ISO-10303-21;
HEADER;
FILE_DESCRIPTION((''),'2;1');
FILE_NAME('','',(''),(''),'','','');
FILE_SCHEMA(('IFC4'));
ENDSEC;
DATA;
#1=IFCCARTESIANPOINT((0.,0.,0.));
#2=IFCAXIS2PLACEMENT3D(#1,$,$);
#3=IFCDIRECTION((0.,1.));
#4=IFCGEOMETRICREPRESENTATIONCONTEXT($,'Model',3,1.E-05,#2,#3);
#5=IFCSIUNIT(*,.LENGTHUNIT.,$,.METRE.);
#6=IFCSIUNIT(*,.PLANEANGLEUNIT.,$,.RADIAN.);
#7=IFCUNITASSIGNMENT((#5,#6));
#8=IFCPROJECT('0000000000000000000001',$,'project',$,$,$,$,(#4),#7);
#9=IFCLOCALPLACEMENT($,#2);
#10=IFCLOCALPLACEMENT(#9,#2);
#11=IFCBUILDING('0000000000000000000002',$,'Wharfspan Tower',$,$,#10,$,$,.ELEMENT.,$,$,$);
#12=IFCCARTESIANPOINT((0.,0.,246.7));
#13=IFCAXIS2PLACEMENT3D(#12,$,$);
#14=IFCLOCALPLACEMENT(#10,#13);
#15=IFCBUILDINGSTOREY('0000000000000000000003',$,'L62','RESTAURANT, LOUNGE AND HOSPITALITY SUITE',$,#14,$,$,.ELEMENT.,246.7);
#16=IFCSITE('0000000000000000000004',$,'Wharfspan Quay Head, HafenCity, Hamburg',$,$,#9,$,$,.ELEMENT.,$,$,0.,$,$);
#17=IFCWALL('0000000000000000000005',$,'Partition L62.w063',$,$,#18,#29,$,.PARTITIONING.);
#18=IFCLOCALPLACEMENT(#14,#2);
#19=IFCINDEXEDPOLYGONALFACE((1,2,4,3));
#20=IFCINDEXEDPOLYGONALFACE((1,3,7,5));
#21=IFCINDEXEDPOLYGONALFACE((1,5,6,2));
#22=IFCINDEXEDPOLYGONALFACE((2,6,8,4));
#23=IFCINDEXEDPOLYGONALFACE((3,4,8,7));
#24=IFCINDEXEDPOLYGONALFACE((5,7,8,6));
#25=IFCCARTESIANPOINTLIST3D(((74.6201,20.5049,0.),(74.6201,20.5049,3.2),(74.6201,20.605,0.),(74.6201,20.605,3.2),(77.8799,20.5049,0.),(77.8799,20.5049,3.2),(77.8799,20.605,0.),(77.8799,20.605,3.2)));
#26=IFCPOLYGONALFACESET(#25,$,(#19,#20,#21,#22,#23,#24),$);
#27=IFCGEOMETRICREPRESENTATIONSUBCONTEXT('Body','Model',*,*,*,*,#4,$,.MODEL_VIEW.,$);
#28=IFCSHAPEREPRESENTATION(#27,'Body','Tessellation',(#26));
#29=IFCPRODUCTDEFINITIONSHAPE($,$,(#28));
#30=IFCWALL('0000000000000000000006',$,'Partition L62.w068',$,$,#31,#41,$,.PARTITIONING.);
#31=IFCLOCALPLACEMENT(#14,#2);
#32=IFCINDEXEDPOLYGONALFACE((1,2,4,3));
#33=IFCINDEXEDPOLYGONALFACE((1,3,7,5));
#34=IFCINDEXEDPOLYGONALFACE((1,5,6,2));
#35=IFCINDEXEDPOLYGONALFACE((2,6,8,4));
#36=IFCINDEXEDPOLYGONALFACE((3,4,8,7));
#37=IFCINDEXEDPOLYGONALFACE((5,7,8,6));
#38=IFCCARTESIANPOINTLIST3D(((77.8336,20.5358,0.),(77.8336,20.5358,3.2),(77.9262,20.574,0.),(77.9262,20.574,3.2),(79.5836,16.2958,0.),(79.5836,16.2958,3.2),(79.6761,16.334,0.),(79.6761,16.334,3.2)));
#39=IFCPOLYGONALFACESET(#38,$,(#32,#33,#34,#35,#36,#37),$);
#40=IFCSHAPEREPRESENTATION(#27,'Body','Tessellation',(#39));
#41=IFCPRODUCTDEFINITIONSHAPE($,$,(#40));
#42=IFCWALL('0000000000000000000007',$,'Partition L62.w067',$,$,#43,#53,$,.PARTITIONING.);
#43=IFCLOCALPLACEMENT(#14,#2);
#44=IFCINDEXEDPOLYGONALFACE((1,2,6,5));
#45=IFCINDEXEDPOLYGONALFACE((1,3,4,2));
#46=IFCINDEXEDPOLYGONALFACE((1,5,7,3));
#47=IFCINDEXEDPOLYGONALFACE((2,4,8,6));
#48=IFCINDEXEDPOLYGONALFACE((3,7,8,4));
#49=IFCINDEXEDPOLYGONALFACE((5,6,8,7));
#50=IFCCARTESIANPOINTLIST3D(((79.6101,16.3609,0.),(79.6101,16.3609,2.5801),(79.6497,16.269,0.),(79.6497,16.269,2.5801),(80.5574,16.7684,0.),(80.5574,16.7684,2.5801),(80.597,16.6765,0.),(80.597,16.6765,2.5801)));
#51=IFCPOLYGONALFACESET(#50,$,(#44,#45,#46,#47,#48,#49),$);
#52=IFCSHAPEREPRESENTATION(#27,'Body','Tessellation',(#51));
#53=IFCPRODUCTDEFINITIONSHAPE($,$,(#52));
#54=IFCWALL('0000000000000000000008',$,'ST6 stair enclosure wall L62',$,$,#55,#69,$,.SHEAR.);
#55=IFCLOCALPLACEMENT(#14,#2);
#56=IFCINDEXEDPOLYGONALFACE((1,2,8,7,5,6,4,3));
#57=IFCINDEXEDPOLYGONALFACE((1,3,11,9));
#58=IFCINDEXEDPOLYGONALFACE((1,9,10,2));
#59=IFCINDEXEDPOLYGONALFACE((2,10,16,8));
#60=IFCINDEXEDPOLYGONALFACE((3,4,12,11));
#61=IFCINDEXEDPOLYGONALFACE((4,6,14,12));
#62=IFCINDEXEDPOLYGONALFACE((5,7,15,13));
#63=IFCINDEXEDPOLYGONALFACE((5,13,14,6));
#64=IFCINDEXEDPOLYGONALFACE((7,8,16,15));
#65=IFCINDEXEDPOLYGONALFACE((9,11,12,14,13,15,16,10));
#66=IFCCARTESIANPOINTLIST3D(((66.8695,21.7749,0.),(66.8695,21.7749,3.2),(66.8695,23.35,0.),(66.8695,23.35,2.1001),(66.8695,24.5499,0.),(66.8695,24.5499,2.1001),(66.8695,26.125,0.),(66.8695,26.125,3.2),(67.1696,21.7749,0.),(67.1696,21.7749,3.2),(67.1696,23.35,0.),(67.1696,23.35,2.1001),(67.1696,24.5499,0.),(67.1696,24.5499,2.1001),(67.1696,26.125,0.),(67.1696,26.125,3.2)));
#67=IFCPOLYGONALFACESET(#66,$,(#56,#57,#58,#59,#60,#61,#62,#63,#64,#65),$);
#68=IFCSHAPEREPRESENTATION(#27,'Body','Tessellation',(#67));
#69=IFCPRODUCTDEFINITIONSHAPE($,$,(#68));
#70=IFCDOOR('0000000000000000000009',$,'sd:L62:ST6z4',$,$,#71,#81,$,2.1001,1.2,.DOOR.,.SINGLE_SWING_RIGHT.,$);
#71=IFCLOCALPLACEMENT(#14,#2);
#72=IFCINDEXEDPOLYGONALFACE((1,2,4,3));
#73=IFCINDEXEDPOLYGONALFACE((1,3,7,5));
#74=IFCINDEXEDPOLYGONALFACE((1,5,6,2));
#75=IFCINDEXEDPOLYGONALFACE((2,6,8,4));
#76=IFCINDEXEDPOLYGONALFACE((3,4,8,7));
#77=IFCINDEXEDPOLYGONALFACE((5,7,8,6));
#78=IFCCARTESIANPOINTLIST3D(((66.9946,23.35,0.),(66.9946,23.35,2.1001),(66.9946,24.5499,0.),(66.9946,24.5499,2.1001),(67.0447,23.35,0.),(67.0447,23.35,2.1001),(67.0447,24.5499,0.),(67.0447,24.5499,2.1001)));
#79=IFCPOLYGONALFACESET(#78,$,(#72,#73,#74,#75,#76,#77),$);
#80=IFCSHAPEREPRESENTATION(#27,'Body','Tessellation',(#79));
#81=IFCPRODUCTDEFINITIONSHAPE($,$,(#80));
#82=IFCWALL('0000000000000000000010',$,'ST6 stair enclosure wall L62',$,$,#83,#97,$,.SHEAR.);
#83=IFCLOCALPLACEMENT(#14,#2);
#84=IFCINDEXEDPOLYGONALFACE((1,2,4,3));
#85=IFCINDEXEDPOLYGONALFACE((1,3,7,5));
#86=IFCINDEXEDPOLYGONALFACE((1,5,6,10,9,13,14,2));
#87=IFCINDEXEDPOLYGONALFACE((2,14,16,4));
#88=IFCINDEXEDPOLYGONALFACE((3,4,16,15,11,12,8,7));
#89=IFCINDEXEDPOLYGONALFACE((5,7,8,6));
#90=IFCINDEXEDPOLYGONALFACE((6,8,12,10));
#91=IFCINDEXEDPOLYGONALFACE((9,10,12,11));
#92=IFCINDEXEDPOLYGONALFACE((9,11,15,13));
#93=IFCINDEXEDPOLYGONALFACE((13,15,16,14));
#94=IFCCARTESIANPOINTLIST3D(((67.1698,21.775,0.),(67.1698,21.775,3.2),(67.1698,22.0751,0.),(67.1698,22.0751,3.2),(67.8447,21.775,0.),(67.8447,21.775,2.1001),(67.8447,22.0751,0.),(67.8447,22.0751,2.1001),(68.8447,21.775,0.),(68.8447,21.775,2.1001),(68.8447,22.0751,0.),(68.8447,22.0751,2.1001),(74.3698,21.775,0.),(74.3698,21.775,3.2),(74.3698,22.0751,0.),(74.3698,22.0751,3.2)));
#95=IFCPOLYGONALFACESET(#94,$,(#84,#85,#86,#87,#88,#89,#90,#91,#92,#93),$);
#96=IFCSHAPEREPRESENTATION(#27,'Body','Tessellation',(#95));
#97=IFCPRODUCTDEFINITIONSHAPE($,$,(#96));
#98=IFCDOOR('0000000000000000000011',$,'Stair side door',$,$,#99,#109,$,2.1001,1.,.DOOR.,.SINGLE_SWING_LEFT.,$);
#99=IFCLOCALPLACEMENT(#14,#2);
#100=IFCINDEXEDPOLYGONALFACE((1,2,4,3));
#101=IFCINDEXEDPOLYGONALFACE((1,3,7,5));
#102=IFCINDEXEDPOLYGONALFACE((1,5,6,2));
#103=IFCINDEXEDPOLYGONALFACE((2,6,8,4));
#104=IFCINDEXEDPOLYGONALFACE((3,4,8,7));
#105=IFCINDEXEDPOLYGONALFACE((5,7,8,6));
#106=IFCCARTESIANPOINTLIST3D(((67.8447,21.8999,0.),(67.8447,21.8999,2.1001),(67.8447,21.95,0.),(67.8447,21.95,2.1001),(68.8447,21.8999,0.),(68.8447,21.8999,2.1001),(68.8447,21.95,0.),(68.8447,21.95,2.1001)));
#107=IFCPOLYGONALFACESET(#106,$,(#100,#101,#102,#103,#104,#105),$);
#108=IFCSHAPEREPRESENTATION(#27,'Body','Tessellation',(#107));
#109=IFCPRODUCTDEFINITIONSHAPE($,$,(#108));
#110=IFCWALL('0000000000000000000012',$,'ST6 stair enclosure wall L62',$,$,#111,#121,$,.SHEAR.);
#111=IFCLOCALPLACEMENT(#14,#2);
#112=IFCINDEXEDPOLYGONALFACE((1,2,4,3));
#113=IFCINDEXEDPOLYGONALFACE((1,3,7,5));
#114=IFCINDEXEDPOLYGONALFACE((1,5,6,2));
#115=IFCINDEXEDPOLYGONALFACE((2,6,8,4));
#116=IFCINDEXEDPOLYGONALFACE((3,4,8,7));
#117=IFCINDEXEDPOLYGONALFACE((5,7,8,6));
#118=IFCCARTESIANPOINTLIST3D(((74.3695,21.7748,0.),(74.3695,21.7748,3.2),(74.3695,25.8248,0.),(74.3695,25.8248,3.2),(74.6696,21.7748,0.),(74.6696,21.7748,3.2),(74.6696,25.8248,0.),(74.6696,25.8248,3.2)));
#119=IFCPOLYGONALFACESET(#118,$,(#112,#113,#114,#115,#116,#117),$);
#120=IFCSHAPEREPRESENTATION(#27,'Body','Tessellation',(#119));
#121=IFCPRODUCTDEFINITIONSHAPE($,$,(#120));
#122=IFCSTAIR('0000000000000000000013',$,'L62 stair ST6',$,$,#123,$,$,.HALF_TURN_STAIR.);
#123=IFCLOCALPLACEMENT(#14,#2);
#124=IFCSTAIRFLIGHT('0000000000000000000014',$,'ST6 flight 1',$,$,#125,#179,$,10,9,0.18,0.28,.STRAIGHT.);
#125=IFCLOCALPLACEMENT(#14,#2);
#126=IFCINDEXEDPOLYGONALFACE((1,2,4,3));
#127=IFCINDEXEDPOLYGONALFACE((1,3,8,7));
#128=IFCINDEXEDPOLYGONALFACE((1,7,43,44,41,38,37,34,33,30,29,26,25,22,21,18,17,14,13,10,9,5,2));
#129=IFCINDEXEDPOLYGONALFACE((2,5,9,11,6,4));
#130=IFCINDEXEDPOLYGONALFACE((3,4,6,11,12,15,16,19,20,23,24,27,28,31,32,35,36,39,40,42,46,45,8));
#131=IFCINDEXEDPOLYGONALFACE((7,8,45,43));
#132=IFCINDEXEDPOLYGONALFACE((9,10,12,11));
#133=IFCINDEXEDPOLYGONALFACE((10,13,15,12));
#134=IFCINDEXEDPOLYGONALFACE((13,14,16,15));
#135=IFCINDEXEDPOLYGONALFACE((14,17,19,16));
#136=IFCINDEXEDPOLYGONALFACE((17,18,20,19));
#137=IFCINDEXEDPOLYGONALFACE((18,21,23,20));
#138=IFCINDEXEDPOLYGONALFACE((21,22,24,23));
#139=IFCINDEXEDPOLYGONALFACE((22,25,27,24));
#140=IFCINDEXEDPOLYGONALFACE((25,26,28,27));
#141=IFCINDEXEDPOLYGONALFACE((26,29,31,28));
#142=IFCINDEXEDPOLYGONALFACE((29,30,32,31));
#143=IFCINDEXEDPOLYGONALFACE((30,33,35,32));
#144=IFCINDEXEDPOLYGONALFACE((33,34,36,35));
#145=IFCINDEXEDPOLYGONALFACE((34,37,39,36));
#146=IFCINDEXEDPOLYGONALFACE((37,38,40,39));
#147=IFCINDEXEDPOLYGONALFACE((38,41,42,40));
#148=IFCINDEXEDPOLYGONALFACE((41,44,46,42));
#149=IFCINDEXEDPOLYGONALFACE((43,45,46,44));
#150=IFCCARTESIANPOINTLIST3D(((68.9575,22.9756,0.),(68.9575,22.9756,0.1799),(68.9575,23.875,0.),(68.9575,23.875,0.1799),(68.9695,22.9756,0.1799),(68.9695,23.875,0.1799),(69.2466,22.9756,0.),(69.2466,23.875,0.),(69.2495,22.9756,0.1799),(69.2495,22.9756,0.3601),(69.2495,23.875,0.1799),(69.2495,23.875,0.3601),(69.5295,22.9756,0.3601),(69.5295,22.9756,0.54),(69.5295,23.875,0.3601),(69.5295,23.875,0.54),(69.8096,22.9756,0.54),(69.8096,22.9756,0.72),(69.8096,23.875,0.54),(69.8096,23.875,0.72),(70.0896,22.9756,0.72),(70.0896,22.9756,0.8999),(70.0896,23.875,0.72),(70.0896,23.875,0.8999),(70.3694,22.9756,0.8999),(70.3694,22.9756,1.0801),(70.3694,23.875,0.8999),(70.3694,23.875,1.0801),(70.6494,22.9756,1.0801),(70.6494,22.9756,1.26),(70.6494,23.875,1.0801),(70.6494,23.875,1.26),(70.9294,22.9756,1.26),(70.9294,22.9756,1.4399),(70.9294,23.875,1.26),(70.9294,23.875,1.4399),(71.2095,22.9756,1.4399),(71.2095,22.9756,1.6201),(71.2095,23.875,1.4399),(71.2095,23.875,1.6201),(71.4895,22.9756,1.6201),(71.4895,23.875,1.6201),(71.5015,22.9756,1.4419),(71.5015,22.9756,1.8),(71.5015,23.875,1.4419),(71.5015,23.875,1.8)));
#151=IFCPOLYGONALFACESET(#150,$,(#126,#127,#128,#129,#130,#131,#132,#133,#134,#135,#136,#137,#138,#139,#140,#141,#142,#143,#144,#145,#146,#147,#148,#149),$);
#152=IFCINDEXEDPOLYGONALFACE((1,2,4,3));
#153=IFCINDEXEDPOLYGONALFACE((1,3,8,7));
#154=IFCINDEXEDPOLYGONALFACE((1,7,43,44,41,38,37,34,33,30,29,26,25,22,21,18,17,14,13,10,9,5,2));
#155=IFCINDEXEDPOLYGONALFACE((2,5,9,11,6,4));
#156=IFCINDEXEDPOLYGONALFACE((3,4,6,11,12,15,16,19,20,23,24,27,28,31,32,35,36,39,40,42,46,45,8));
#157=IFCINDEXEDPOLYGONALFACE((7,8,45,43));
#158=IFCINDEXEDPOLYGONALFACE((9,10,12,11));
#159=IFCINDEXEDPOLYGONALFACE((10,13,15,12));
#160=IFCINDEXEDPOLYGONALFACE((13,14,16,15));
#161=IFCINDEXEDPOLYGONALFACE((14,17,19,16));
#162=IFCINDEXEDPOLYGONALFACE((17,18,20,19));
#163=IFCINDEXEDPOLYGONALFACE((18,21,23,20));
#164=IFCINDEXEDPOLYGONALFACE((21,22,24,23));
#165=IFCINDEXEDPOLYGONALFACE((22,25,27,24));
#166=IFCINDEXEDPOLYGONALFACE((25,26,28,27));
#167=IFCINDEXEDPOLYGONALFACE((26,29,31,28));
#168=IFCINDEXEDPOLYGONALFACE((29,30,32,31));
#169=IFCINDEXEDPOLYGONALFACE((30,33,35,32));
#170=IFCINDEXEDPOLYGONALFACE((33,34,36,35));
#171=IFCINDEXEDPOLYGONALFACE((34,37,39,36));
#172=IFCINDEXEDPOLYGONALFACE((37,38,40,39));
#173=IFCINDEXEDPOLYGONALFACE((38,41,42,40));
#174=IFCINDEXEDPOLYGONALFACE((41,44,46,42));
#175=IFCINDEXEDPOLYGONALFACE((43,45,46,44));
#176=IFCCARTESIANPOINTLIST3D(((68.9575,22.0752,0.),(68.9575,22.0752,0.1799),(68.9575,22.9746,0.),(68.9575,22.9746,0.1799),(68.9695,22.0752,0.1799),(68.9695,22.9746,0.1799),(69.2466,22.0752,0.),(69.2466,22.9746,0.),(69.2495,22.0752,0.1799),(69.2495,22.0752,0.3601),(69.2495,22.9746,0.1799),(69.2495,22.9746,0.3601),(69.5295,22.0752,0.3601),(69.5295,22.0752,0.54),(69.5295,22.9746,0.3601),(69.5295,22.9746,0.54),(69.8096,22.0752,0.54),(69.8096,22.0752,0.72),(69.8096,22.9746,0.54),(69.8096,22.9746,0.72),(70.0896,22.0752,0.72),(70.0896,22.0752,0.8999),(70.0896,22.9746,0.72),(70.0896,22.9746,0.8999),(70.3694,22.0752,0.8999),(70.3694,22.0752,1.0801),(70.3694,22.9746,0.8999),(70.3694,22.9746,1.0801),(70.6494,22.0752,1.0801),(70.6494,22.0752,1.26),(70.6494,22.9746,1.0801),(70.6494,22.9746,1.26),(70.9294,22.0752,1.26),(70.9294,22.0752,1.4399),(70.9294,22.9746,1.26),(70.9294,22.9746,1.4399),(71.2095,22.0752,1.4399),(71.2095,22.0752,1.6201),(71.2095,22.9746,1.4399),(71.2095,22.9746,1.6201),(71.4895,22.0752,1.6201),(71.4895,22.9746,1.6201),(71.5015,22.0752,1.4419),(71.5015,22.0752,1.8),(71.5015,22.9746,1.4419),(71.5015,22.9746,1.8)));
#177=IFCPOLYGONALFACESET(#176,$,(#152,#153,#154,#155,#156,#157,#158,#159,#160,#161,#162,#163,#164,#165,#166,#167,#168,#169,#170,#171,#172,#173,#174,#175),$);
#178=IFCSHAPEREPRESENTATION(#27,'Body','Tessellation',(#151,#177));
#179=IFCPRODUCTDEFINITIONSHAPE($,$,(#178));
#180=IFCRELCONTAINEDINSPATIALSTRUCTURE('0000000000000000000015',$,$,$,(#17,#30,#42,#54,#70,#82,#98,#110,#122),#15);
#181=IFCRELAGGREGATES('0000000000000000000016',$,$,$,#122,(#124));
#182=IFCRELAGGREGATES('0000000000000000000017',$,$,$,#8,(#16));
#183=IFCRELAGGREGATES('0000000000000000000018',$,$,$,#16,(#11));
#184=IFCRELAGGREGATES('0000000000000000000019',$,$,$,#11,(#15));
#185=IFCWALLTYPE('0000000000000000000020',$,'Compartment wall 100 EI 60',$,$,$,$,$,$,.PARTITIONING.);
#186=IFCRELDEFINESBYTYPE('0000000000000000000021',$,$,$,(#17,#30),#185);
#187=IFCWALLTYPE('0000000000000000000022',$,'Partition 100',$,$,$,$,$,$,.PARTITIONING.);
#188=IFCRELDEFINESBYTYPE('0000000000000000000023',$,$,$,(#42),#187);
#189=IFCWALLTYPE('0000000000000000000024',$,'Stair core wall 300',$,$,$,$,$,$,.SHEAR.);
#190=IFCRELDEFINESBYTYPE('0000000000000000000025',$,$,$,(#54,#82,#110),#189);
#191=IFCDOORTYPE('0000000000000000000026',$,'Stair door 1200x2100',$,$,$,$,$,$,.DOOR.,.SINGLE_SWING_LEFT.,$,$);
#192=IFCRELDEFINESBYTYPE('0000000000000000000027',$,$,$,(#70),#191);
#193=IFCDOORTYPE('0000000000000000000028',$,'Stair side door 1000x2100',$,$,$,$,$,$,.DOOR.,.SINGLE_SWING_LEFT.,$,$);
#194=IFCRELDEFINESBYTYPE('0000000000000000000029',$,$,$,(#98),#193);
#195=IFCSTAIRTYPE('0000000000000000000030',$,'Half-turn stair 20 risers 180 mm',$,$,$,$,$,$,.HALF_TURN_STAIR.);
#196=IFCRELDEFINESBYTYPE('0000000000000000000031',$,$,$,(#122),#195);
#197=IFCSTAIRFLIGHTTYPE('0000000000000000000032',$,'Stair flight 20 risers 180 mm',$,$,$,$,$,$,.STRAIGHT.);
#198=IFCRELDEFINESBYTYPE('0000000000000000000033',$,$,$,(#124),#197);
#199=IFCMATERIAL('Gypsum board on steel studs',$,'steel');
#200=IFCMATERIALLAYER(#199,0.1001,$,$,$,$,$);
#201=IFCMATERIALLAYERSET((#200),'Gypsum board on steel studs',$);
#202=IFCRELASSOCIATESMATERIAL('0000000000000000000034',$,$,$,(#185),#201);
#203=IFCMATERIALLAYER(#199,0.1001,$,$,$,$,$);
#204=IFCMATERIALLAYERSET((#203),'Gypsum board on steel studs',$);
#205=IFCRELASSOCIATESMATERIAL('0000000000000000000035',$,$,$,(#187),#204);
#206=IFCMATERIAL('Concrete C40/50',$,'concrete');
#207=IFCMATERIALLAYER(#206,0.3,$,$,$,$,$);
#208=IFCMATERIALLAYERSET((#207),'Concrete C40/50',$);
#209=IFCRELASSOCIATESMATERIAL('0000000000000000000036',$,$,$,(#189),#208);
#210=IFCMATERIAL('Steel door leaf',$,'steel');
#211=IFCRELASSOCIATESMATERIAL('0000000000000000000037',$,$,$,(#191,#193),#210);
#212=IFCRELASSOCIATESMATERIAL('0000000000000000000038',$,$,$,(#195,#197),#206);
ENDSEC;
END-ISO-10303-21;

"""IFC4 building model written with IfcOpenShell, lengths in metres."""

from ifc_helpers import new_model, si_unit, direction, frame, frame_2d, origin, place, context, subcontext, project, spatial, polyline, rectangle, outline, extrude, material, layer, layer_set, type_object, element, fill, aggregate, save


model = new_model("IFC4")

# Units and contexts
model_context = context("Model", 3, precision=1e-05, world=origin(), true_north=direction((0.0, 1.0)))
body_context = subcontext(model_context, "Body", "Model", "MODEL_VIEW")
ifc_project = project(units=[si_unit("LENGTHUNIT", "METRE"), si_unit("PLANEANGLEUNIT", "RADIAN")], contexts=[model_context])

# Site, building, storey
site_placement = place(None, origin())
site = spatial("IfcSite", under=ifc_project, at=site_placement, Name="Wharfspan Quay Head, HafenCity, Hamburg", CompositionType="ELEMENT", RefElevation=0.0)
building_placement = place(site_placement, origin())
building = spatial("IfcBuilding", under=site, at=building_placement, Name="Wharfspan Tower", CompositionType="ELEMENT")
storey_placement = place(building_placement, frame((0.0, 0.0, 246.7)))
storey = spatial("IfcBuildingStorey", under=building, at=storey_placement, Name="L62", Description="RESTAURANT, LOUNGE AND HOSPITALITY SUITE", CompositionType="ELEMENT", Elevation=246.7)

# Shared definitions
ifc_material_1 = material(Name="Gypsum board on steel studs", Category="steel")
ifc_layer_1 = layer(ifc_material_1, 0.1001)
ifc_layer_set_1 = layer_set([ifc_layer_1], Name="Gypsum board on steel studs")
wall_type_1 = type_object("IfcWallType", Name="Compartment wall 100 EI 60", PredefinedType="PARTITIONING", material=ifc_layer_set_1)

# Walls
wall_1_placement = place(storey_placement, frame((74.6201, 20.5549, 0.0), z_axis=(0.0, 0.0, 1.0), x_axis=(1.0, 0.0, 0.0)))
element("IfcWall", 1, at=wall_1_placement, inside=storey, type_object=wall_type_1, Name="Partition L62.w063", PredefinedType="PARTITIONING", context=body_context, shape_type="SweptSolid", body=[
    extrude(rectangle(XDim=3.2598, YDim=0.1001, at=frame_2d((1.6299, 0.0))), origin(), (0.0, 0.0, 1.0), 3.2),
])
wall_2_placement = place(storey_placement, frame((79.6299, 16.3149, 0.0), z_axis=(0.0, 0.0, 1.0), x_axis=(-0.381517, 0.924359, 0.0)))
element("IfcWall", 2, at=wall_2_placement, inside=storey, type_object=wall_type_1, Name="Partition L62.w068", PredefinedType="PARTITIONING", context=body_context, shape_type="SweptSolid", body=[
    extrude(rectangle(XDim=4.5869, YDim=0.1001, at=frame_2d((2.2935, 0.0))), origin(), (0.0, 0.0, 1.0), 3.2),
])
ifc_layer_2 = layer(ifc_material_1, 0.1001)
ifc_layer_set_2 = layer_set([ifc_layer_2], Name="Gypsum board on steel studs")
wall_type_2 = type_object("IfcWallType", Name="Partition 100", PredefinedType="PARTITIONING", material=ifc_layer_set_2)
wall_3_placement = place(storey_placement, frame((79.6299, 16.3149, 0.0), z_axis=(0.0, 0.0, 1.0), x_axis=(0.918616, 0.395147, 0.0)))
element("IfcWall", 3, at=wall_3_placement, inside=storey, type_object=wall_type_2, Name="Partition L62.w067", PredefinedType="PARTITIONING", context=body_context, shape_type="SweptSolid", body=[
    extrude(rectangle(XDim=1.0312, YDim=0.1001, at=frame_2d((0.5156, 0.0))), origin(), (0.0, 0.0, 1.0), 2.5801),
])

# Walls, openings, doors
ifc_material_2 = material(Name="Concrete C40/50", Category="concrete")
ifc_layer_3 = layer(ifc_material_2, 0.3)
ifc_layer_set_3 = layer_set([ifc_layer_3], Name="Concrete C40/50")
wall_type_3 = type_object("IfcWallType", Name="Stair core wall 300", PredefinedType="SHEAR", material=ifc_layer_set_3)
wall_4_placement = place(storey_placement, frame((67.0195, 21.7749, 0.0), z_axis=(0.0, 0.0, 1.0), x_axis=(0.0, 1.0, 0.0)))
wall_4 = element("IfcWall", 4, at=wall_4_placement, inside=storey, type_object=wall_type_3, Name="ST6 stair enclosure wall L62", PredefinedType="SHEAR", context=body_context, shape_type="SweptSolid", body=[
    extrude(rectangle(XDim=4.3501, YDim=0.3, at=frame_2d((2.175, 0.0))), origin(), (0.0, 0.0, 1.0), 3.2),
])
opening_1_placement = place(wall_4_placement, frame((1.575, 0.0, 0.0)))
opening_1 = element("IfcOpeningElement", 5, at=opening_1_placement, cuts=wall_4, PredefinedType="OPENING", context=body_context, shape_type="SweptSolid", body=[
    extrude(rectangle(XDim=1.2, YDim=2.1001, at=frame_2d((0.6001, 1.05))), frame((0.0, 0.1599, 0.0), z_axis=(0.0, -1.0, 0.0), x_axis=(1.0, 0.0, 0.0)), (0.0, 0.0, 1.0), 0.3201),
])
ifc_material_3 = material(Name="Steel door leaf", Category="steel")
door_type_1 = type_object("IfcDoorType", Name="Stair door 1200x2100", OperationType="SINGLE_SWING_LEFT", PredefinedType="DOOR", material=ifc_material_3)
door_1_placement = place(opening_1_placement, origin())
door_1 = element("IfcDoor", 6, at=door_1_placement, inside=storey, type_object=door_type_1, Name="sd:L62:ST6z4", OperationType="SINGLE_SWING_RIGHT", OverallHeight=2.1001, OverallWidth=1.2, PredefinedType="DOOR", context=body_context, shape_type="SweptSolid", body=[
    extrude(rectangle(XDim=1.2, YDim=2.1001, at=frame_2d((0.6001, 1.05))), frame((0.0, 0.0249, 0.0), z_axis=(0.0, -1.0, 0.0), x_axis=(1.0, 0.0, 0.0)), (0.0, 0.0, 1.0), 0.05),
])
fill(opening_1, door_1)
wall_5_placement = place(storey_placement, frame((67.1697, 21.925, 0.0), z_axis=(0.0, 0.0, 1.0), x_axis=(1.0, 0.0, 0.0)))
wall_5 = element("IfcWall", 7, at=wall_5_placement, inside=storey, type_object=wall_type_3, Name="ST6 stair enclosure wall L62", PredefinedType="SHEAR", context=body_context, shape_type="SweptSolid", body=[
    extrude(rectangle(XDim=7.2, YDim=0.3, at=frame_2d((3.6001, 0.0))), origin(), (0.0, 0.0, 1.0), 3.2),
])
opening_2_placement = place(wall_5_placement, frame((0.675, 0.0, 0.0)))
opening_2 = element("IfcOpeningElement", 8, at=opening_2_placement, cuts=wall_5, PredefinedType="OPENING", context=body_context, shape_type="SweptSolid", body=[
    extrude(rectangle(XDim=1.0, YDim=2.1001, at=frame_2d((0.5, 1.05))), frame((0.0, 0.1599, 0.0), z_axis=(0.0, -1.0, 0.0), x_axis=(1.0, 0.0, 0.0)), (0.0, 0.0, 1.0), 0.3201),
])
door_type_2 = type_object("IfcDoorType", Name="Stair side door 1000x2100", OperationType="SINGLE_SWING_LEFT", PredefinedType="DOOR", material=ifc_material_3)
door_2_placement = place(opening_2_placement, origin())
door_2 = element("IfcDoor", 9, at=door_2_placement, inside=storey, type_object=door_type_2, Name="Stair side door", OperationType="SINGLE_SWING_LEFT", OverallHeight=2.1001, OverallWidth=1.0, PredefinedType="DOOR", context=body_context, shape_type="SweptSolid", body=[
    extrude(rectangle(XDim=1.0, YDim=2.1001, at=frame_2d((0.5, 1.05))), frame((0.0, 0.0249, 0.0), z_axis=(0.0, -1.0, 0.0), x_axis=(1.0, 0.0, 0.0)), (0.0, 0.0, 1.0), 0.05),
])
fill(opening_2, door_2)

# Wall
wall_6_placement = place(storey_placement, frame((74.5195, 21.7749, 0.0), z_axis=(0.0, 0.0, 1.0), x_axis=(0.0, 1.0, 0.0)))
element("IfcWall", 10, at=wall_6_placement, inside=storey, type_object=wall_type_3, Name="ST6 stair enclosure wall L62", PredefinedType="SHEAR", context=body_context, shape_type="SweptSolid", body=[
    extrude(rectangle(XDim=4.05, YDim=0.3, at=frame_2d((2.0249, 0.0))), origin(), (0.0, 0.0, 1.0), 3.2),
])

# Stair, stair flight
stair_type = type_object("IfcStairType", Name="Half-turn stair 20 risers 180 mm", PredefinedType="HALF_TURN_STAIR", material=ifc_material_2)
stair_placement = place(storey_placement, origin())
stair = element("IfcStair", 11, at=stair_placement, inside=storey, type_object=stair_type, Name="L62 stair ST6", PredefinedType="HALF_TURN_STAIR")
stair_flight_type = type_object("IfcStairFlightType", Name="Stair flight 20 risers 180 mm", PredefinedType="STRAIGHT", material=ifc_material_2)
stair_flight_placement = place(storey_placement, frame((68.9695, 22.9751, 0.0), z_axis=(0.0, 0.0, 1.0), x_axis=(1.0, 0.0, 0.0)))
stair_flight = element("IfcStairFlight", 12, at=stair_flight_placement, type_object=stair_flight_type, Name="ST6 flight 1", NumberOfRisers=10, NumberOfTreads=9, PredefinedType="STRAIGHT", RiserHeight=0.18, TreadLength=0.28, context=body_context, shape_type="SweptSolid", body=[
    extrude(outline(polyline([(-0.012, 0.0), (-0.012, 0.1799), (0.0, 0.1799), (0.28, 0.1799), (0.28, 0.3601), (0.5601, 0.3601), (0.5601, 0.54), (0.8401, 0.54), (0.8401, 0.72), (1.1201, 0.72), (1.1201, 0.8999), (1.3999, 0.8999), (1.3999, 1.0801), (1.6799, 1.0801), (1.6799, 1.26), (1.96, 1.26), (1.96, 1.4399), (2.24, 1.4399), (2.24, 1.6201), (2.52, 1.6201), (2.532, 1.8), (2.532, 1.4419), (0.2771, 0.0), (-0.012, 0.0)])), frame((0.0, 0.8999, 0.0), z_axis=(0.0, -1.0, 0.0), x_axis=(1.0, 0.0, 0.0)), (0.0, 0.0, 1.0), 0.8994),
    extrude(outline(polyline([(-0.012, 0.0), (-0.012, 0.1799), (0.0, 0.1799), (0.28, 0.1799), (0.28, 0.3601), (0.5601, 0.3601), (0.5601, 0.54), (0.8401, 0.54), (0.8401, 0.72), (1.1201, 0.72), (1.1201, 0.8999), (1.3999, 0.8999), (1.3999, 1.0801), (1.6799, 1.0801), (1.6799, 1.26), (1.96, 1.26), (1.96, 1.4399), (2.24, 1.4399), (2.24, 1.6201), (2.52, 1.6201), (2.532, 1.8), (2.532, 1.4419), (0.2771, 0.0), (-0.012, 0.0)])), frame((0.0, -0.0005, 0.0), z_axis=(0.0, -1.0, 0.0), x_axis=(1.0, 0.0, 0.0)), (0.0, 0.0, 1.0), 0.8994),
])
aggregate(stair, [stair_flight])

save(model, "model.ifc")
